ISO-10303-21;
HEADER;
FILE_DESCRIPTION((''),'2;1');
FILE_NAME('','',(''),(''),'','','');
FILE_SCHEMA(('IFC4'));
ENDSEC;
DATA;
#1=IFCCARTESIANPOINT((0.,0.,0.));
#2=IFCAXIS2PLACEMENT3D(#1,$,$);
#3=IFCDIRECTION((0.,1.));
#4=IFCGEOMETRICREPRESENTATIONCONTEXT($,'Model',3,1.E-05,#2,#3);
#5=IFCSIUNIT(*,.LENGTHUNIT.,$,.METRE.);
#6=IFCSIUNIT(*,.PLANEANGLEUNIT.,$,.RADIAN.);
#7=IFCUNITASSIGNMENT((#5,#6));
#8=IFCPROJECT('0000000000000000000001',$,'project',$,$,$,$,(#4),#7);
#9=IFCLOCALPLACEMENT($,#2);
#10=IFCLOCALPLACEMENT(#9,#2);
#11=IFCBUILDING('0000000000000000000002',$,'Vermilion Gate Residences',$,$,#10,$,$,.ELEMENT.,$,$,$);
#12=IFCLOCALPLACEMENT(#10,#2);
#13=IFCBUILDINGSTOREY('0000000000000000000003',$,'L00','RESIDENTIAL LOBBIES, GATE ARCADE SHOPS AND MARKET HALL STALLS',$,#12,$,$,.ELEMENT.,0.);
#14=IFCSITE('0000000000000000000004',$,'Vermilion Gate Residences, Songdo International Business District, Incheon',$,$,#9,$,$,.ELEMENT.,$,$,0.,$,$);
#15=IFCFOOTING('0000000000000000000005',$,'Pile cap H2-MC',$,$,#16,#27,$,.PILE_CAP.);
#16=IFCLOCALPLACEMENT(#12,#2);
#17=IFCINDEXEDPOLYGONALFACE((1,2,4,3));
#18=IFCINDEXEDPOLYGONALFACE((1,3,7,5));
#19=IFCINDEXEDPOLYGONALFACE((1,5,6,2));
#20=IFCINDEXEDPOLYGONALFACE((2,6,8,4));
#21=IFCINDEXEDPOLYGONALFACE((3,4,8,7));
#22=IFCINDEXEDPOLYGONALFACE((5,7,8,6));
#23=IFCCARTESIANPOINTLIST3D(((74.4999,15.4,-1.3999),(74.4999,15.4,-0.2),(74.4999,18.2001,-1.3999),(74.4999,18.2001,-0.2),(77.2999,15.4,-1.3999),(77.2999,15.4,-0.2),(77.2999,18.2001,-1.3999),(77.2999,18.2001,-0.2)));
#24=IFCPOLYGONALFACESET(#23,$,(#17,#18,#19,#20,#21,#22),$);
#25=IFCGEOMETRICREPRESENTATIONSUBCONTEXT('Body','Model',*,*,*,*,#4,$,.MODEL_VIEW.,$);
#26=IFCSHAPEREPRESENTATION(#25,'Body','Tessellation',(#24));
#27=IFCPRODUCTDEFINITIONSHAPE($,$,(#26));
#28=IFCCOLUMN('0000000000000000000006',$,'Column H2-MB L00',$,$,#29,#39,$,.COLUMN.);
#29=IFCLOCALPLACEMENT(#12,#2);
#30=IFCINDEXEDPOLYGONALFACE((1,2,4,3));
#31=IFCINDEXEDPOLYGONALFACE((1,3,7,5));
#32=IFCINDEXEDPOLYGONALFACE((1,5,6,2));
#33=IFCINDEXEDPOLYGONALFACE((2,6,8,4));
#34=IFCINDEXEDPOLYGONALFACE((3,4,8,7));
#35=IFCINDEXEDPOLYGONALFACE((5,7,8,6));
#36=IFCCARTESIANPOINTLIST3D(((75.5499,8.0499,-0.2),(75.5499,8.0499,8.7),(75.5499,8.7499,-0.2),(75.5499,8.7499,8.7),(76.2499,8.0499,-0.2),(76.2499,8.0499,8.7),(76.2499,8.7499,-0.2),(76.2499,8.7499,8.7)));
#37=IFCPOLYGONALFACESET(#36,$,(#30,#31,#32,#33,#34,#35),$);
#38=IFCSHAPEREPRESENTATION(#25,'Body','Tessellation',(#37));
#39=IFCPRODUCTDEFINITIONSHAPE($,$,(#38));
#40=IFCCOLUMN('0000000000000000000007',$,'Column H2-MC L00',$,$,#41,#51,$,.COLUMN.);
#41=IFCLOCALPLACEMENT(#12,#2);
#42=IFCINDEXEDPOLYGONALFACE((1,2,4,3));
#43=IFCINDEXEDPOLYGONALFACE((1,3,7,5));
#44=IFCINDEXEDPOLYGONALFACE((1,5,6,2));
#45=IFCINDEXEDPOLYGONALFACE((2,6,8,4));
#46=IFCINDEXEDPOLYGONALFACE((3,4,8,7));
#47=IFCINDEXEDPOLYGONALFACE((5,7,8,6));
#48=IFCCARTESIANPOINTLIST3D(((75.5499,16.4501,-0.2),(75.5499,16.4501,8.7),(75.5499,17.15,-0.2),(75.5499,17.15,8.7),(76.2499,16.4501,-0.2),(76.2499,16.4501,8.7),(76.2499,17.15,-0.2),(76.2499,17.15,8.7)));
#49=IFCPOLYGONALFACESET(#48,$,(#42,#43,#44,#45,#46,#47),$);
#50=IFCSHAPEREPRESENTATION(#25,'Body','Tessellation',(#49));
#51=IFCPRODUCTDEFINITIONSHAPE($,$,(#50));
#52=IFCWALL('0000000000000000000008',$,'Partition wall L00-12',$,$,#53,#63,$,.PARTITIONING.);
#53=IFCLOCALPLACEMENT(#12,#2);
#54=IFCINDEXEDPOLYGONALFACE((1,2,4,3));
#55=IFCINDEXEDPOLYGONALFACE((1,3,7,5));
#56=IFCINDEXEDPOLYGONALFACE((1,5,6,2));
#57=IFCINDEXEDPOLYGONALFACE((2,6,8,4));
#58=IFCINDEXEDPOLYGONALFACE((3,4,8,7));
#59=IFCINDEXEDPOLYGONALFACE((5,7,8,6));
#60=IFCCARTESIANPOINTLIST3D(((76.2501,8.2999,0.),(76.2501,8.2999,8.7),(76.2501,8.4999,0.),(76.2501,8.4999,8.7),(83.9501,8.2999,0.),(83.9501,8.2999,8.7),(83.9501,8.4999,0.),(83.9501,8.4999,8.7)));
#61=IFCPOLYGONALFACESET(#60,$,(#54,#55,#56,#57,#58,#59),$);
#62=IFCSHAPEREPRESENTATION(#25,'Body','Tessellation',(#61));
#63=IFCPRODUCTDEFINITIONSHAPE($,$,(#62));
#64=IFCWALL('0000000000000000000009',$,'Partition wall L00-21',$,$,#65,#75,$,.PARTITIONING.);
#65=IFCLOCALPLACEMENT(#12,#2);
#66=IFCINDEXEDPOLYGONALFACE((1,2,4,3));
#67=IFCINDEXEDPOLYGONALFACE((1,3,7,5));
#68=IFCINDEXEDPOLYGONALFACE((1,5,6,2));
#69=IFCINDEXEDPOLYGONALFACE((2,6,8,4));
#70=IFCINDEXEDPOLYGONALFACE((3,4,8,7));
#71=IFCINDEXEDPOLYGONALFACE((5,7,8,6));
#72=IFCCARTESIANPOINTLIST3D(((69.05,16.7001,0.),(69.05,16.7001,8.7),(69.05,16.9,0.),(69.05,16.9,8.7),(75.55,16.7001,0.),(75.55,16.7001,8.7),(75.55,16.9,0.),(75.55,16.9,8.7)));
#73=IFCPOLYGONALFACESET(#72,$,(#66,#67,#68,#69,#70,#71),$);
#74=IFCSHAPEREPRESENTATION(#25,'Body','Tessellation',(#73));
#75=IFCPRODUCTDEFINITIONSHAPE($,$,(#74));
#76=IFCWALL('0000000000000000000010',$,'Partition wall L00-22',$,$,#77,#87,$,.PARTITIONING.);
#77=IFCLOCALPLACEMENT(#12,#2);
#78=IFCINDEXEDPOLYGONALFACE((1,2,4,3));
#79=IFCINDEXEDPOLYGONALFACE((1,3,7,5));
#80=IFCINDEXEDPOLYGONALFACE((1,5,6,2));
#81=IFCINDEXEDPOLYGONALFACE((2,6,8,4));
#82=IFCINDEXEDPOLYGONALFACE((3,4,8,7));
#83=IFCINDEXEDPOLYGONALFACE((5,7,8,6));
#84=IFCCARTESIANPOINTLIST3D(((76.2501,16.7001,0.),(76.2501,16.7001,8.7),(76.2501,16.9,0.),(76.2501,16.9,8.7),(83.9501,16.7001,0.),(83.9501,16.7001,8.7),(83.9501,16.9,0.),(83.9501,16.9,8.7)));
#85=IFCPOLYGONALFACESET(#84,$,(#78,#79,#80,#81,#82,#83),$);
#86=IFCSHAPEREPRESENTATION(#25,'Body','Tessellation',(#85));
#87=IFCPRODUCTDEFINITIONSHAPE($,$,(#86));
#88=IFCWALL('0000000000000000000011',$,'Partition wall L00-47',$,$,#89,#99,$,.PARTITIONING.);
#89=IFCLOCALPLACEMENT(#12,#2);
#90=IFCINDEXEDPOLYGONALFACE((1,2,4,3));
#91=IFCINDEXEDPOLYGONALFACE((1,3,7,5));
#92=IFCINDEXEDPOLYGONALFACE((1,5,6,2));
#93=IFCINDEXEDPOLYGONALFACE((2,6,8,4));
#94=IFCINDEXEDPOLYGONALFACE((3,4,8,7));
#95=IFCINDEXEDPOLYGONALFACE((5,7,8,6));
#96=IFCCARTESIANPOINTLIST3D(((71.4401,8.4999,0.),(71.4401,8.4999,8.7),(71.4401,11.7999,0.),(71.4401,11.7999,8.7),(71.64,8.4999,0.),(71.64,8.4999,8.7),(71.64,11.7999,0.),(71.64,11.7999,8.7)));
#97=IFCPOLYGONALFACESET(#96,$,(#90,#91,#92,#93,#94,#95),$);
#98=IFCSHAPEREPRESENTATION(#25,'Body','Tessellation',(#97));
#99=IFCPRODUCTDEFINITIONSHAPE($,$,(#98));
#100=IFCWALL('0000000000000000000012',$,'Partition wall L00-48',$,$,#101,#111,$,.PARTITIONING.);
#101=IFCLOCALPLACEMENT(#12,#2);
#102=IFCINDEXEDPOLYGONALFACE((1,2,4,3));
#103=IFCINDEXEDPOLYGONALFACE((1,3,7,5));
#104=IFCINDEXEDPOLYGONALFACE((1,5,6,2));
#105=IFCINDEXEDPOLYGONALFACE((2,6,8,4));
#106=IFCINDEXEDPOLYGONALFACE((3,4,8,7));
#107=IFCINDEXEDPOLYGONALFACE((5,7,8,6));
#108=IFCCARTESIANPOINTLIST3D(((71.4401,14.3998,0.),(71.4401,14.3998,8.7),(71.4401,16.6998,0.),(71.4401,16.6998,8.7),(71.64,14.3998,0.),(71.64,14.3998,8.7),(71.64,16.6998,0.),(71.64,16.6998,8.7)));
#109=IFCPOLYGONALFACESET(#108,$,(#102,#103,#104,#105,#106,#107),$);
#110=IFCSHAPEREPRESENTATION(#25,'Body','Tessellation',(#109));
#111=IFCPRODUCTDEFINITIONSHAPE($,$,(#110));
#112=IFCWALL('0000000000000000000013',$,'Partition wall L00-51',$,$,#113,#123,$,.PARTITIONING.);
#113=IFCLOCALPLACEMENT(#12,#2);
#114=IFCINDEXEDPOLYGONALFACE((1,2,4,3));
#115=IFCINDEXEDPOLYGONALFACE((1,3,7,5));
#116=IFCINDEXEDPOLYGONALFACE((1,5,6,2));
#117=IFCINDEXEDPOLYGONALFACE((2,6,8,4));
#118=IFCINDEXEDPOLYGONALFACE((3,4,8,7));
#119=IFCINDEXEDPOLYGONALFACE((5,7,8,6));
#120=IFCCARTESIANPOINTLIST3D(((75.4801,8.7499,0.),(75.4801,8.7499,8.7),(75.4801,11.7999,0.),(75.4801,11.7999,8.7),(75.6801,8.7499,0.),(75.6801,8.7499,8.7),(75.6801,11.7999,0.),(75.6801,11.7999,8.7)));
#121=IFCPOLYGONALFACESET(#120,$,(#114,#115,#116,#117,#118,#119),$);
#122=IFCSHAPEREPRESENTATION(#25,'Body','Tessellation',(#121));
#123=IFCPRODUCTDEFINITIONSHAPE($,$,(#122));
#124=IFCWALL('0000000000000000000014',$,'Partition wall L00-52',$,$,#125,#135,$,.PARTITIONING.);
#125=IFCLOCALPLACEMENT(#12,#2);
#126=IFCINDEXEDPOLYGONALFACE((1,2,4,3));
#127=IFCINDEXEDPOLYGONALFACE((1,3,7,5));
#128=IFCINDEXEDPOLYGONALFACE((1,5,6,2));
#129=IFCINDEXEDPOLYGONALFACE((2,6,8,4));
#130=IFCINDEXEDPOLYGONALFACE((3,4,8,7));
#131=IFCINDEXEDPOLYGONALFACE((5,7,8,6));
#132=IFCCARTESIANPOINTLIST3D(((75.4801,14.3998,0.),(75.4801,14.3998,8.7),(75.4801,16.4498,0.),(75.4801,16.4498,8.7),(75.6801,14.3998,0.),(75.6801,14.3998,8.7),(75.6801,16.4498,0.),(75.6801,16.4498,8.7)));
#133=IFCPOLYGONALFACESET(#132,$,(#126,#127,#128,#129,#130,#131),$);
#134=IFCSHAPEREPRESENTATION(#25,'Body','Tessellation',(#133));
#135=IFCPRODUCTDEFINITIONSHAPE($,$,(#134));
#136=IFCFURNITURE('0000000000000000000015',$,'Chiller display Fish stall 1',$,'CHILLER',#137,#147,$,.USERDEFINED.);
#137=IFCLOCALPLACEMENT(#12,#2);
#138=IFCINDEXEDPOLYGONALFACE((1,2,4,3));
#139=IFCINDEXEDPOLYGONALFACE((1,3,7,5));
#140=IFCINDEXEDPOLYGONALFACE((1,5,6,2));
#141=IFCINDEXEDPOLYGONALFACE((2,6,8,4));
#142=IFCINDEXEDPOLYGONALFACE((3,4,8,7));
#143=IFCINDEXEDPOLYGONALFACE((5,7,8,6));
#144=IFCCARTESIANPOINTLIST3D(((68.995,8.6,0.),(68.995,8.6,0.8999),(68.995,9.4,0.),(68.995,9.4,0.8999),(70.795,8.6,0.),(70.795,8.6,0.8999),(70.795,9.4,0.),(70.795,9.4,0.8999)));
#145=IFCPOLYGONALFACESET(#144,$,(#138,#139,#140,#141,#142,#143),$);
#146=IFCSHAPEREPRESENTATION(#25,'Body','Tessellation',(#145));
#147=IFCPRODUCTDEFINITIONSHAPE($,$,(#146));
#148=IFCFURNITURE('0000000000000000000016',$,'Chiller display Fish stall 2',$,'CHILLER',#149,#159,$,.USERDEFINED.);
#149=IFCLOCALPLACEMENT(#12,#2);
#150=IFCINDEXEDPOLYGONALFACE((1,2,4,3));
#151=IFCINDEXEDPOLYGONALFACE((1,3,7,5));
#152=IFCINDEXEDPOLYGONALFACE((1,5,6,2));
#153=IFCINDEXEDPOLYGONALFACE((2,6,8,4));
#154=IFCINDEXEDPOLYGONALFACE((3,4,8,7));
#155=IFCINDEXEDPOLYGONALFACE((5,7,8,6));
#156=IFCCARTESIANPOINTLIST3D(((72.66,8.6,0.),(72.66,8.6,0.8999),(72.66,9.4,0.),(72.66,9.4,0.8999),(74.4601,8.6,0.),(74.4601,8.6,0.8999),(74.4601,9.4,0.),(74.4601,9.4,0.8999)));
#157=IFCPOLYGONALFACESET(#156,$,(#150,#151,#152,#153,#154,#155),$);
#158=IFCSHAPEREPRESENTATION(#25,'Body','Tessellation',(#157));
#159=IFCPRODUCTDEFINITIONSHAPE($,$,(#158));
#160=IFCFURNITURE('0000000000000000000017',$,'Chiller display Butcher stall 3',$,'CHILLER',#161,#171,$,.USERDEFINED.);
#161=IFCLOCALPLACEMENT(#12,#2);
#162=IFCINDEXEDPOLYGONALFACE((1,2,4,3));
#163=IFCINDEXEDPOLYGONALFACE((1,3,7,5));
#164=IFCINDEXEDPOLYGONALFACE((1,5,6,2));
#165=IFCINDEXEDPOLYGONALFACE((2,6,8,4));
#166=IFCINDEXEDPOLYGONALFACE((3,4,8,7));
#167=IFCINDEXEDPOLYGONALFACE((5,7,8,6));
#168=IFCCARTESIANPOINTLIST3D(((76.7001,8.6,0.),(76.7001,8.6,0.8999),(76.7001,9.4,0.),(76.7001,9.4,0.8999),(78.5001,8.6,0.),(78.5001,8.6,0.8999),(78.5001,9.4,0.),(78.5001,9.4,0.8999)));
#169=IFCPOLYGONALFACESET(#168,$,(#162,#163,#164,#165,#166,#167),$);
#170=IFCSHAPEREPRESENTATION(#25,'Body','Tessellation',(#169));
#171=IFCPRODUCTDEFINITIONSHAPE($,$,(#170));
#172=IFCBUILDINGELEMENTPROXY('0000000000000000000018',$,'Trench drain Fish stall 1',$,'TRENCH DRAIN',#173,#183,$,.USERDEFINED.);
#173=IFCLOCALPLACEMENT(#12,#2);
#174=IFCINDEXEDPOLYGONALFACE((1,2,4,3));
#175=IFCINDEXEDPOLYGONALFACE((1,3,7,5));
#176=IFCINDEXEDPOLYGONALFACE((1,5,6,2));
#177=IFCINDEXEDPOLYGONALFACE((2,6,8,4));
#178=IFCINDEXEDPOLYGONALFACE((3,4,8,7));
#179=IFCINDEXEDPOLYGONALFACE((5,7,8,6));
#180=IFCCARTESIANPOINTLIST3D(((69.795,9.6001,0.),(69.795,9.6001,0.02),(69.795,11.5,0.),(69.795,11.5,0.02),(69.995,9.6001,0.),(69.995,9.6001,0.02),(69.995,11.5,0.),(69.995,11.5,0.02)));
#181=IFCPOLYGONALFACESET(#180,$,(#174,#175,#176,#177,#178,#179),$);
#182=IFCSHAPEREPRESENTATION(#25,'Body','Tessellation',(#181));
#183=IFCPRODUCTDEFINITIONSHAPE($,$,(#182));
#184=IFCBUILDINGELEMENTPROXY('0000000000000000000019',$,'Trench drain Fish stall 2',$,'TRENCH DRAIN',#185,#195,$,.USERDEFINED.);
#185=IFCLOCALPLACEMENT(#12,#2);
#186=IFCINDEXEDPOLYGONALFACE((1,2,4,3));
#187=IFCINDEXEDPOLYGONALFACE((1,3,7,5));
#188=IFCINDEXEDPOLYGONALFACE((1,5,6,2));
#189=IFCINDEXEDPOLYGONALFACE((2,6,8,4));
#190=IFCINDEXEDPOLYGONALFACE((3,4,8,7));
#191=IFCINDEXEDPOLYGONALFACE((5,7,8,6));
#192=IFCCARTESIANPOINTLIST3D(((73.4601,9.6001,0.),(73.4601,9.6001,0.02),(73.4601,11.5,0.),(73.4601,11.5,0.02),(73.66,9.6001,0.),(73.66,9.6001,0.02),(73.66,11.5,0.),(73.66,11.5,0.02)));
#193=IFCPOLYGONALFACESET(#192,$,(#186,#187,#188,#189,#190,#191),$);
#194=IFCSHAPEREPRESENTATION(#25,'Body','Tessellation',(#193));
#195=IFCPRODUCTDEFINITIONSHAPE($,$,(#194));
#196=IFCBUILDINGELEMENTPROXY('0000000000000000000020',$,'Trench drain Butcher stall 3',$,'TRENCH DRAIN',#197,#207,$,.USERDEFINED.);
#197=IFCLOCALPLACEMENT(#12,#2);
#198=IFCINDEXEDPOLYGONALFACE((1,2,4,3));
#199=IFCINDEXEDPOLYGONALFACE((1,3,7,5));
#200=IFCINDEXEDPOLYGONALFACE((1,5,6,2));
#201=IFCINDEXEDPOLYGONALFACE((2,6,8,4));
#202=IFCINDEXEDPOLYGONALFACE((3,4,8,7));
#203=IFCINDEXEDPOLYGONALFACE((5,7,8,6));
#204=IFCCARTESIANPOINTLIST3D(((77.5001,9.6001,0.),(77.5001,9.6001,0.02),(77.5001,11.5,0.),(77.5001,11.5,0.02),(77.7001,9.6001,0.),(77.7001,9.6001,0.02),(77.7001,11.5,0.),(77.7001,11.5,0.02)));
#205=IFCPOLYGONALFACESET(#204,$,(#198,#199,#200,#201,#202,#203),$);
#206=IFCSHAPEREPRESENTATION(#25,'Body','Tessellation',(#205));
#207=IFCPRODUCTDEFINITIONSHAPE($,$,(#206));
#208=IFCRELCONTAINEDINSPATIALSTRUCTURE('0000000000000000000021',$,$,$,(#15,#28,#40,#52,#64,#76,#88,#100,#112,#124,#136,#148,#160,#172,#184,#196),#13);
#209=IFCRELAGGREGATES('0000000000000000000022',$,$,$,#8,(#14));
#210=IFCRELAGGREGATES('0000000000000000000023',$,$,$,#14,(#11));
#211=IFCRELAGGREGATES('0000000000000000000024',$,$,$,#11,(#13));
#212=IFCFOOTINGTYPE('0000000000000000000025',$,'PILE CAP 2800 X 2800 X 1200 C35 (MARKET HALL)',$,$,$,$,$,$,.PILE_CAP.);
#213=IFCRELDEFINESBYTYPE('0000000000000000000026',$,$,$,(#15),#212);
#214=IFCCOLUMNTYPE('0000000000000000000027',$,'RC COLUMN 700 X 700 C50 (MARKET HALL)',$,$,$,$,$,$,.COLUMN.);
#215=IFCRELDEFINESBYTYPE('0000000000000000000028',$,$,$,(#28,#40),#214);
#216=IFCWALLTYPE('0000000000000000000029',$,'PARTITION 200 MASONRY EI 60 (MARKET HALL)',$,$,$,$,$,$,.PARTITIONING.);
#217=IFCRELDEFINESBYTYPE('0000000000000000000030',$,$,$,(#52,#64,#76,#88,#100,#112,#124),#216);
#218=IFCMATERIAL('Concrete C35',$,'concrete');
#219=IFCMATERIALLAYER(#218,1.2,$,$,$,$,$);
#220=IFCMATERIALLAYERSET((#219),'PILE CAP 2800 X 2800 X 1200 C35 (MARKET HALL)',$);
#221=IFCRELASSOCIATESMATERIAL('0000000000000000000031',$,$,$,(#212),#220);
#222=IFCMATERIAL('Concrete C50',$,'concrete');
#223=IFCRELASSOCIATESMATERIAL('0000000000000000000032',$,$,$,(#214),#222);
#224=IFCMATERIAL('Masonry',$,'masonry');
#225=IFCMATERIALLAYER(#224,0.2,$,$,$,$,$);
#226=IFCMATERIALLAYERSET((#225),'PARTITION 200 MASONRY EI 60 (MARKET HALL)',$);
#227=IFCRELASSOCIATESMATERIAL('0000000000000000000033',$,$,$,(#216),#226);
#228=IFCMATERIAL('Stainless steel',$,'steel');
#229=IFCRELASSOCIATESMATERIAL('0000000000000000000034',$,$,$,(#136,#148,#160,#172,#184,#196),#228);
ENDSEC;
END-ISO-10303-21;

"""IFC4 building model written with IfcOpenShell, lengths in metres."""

from ifc_helpers import new_model, si_unit, direction, frame, frame_2d, origin, origin_2d, place, context, subcontext, project, spatial, rectangle, extrude, material, layer, layer_set, material_profile, profile_set, type_object, element, save


model = new_model("IFC4")

# Units and contexts
model_context = context("Model", 3, precision=1e-05, world=origin(), true_north=direction((0.0, 1.0)))
body_context = subcontext(model_context, "Body", "Model", "MODEL_VIEW")
ifc_project = project(units=[si_unit("LENGTHUNIT", "METRE"), si_unit("PLANEANGLEUNIT", "RADIAN")], contexts=[model_context])

# Site, building, storey
site_placement = place(None, origin())
site = spatial("IfcSite", under=ifc_project, at=site_placement, Name="Vermilion Gate Residences, Songdo International Business District, Incheon", CompositionType="ELEMENT", RefElevation=0.0)
building_placement = place(site_placement, origin())
building = spatial("IfcBuilding", under=site, at=building_placement, Name="Vermilion Gate Residences", CompositionType="ELEMENT")
storey_placement = place(building_placement, origin())
storey = spatial("IfcBuildingStorey", under=building, at=storey_placement, Name="L00", Description="RESIDENTIAL LOBBIES, GATE ARCADE SHOPS AND MARKET HALL STALLS", CompositionType="ELEMENT", Elevation=0.0)

# Footing
ifc_material_1 = material(Name="Concrete C35", Category="concrete")
ifc_layer_1 = layer(ifc_material_1, 1.2)
ifc_layer_set_1 = layer_set([ifc_layer_1], Name="PILE CAP 2800 X 2800 X 1200 C35 (MARKET HALL)")
footing_type = type_object("IfcFootingType", Name="PILE CAP 2800 X 2800 X 1200 C35 (MARKET HALL)", PredefinedType="PILE_CAP", material=ifc_layer_set_1)
for number, where, z_axis, x_axis, name in (
    (1, (75.8999, 16.8, -1.3999), (0.0, 0.0, 1.0), (1.0, 0.0, 0.0), "Pile cap H2-MC"),
):
    element("IfcFooting", number, at=place(storey_placement, frame(where, z_axis=z_axis, x_axis=x_axis)), inside=storey, type_object=footing_type, Name=name, PredefinedType="PILE_CAP", context=body_context, shape_type="SweptSolid", body=[
        extrude(rectangle(XDim=2.8, YDim=2.8, at=origin_2d()), origin(), (0.0, 0.0, 1.0), 1.2),
    ])

# Columns
ifc_material_2 = material(Name="Concrete C50", Category="concrete")
ifc_material_profile_1 = material_profile(ifc_material_2, rectangle(XDim=0.7, YDim=0.7, at=origin_2d()), Name="RC COLUMN 700 X 700 C50 (MARKET HALL)")
ifc_profile_set_1 = profile_set([ifc_material_profile_1], Name="Concrete C50")
column_type = type_object("IfcColumnType", Name="RC COLUMN 700 X 700 C50 (MARKET HALL)", PredefinedType="COLUMN", material=ifc_profile_set_1)
for number, where, z_axis, x_axis, name in (
    (2, (75.8999, 8.3999, -0.2), (0.0, 0.0, 1.0), (1.0, 0.0, 0.0), "Column H2-MB L00"),
    (3, (75.8999, 16.8, -0.2), (0.0, 0.0, 1.0), (1.0, 0.0, 0.0), "Column H2-MC L00"),
):
    element("IfcColumn", number, at=place(storey_placement, frame(where, z_axis=z_axis, x_axis=x_axis)), inside=storey, type_object=column_type, Name=name, PredefinedType="COLUMN", context=body_context, shape_type="SweptSolid", body=[
        extrude(rectangle(XDim=0.7, YDim=0.7, at=origin_2d()), origin(), (0.0, 0.0, 1.0), 8.8999),
    ])

# Walls
ifc_material_3 = material(Name="Masonry", Category="masonry")
ifc_layer_2 = layer(ifc_material_3, 0.2)
ifc_layer_set_2 = layer_set([ifc_layer_2], Name="PARTITION 200 MASONRY EI 60 (MARKET HALL)")
wall_type = type_object("IfcWallType", Name="PARTITION 200 MASONRY EI 60 (MARKET HALL)", PredefinedType="PARTITIONING", material=ifc_layer_set_2)
wall_1_placement = place(storey_placement, frame((76.25, 8.3999, 0.0), z_axis=(0.0, 0.0, 1.0), x_axis=(1.0, 0.0, 0.0)))
element("IfcWall", 4, at=wall_1_placement, inside=storey, type_object=wall_type, Name="Partition wall L00-12", PredefinedType="PARTITIONING", context=body_context, shape_type="SweptSolid", body=[
    extrude(rectangle(XDim=7.7, YDim=0.2, at=frame_2d((3.8501, 0.0))), origin(), (0.0, 0.0, 1.0), 8.7),
])
wall_2_placement = place(storey_placement, frame((69.05, 16.8, 0.0), z_axis=(0.0, 0.0, 1.0), x_axis=(1.0, 0.0, 0.0)))
element("IfcWall", 5, at=wall_2_placement, inside=storey, type_object=wall_type, Name="Partition wall L00-21", PredefinedType="PARTITIONING", context=body_context, shape_type="SweptSolid", body=[
    extrude(rectangle(XDim=6.5, YDim=0.2, at=frame_2d((3.25, 0.0))), origin(), (0.0, 0.0, 1.0), 8.7),
])
wall_3_placement = place(storey_placement, frame((76.25, 16.8, 0.0), z_axis=(0.0, 0.0, 1.0), x_axis=(1.0, 0.0, 0.0)))
element("IfcWall", 6, at=wall_3_placement, inside=storey, type_object=wall_type, Name="Partition wall L00-22", PredefinedType="PARTITIONING", context=body_context, shape_type="SweptSolid", body=[
    extrude(rectangle(XDim=7.7, YDim=0.2, at=frame_2d((3.8501, 0.0))), origin(), (0.0, 0.0, 1.0), 8.7),
])
wall_4_placement = place(storey_placement, frame((71.54, 8.5, 0.0), z_axis=(0.0, 0.0, 1.0), x_axis=(0.0, 1.0, 0.0)))
element("IfcWall", 7, at=wall_4_placement, inside=storey, type_object=wall_type, Name="Partition wall L00-47", PredefinedType="PARTITIONING", context=body_context, shape_type="SweptSolid", body=[
    extrude(rectangle(XDim=3.3, YDim=0.2, at=frame_2d((1.6499, 0.0))), origin(), (0.0, 0.0, 1.0), 8.7),
])
wall_5_placement = place(storey_placement, frame((71.54, 14.3999, 0.0), z_axis=(0.0, 0.0, 1.0), x_axis=(0.0, 1.0, 0.0)))
element("IfcWall", 8, at=wall_5_placement, inside=storey, type_object=wall_type, Name="Partition wall L00-48", PredefinedType="PARTITIONING", context=body_context, shape_type="SweptSolid", body=[
    extrude(rectangle(XDim=2.3, YDim=0.2, at=frame_2d((1.1499, 0.0))), origin(), (0.0, 0.0, 1.0), 8.7),
])
wall_6_placement = place(storey_placement, frame((75.5801, 8.75, 0.0), z_axis=(0.0, 0.0, 1.0), x_axis=(0.0, 1.0, 0.0)))
element("IfcWall", 9, at=wall_6_placement, inside=storey, type_object=wall_type, Name="Partition wall L00-51", PredefinedType="PARTITIONING", context=body_context, shape_type="SweptSolid", body=[
    extrude(rectangle(XDim=3.05, YDim=0.2, at=frame_2d((1.5249, 0.0))), origin(), (0.0, 0.0, 1.0), 8.7),
])
wall_7_placement = place(storey_placement, frame((75.5801, 14.3999, 0.0), z_axis=(0.0, 0.0, 1.0), x_axis=(0.0, 1.0, 0.0)))
element("IfcWall", 10, at=wall_7_placement, inside=storey, type_object=wall_type, Name="Partition wall L00-52", PredefinedType="PARTITIONING", context=body_context, shape_type="SweptSolid", body=[
    extrude(rectangle(XDim=2.05, YDim=0.2, at=frame_2d((1.0249, 0.0))), origin(), (0.0, 0.0, 1.0), 8.7),
])

# Furniture
ifc_material_4 = material(Name="Stainless steel", Category="steel")
for number, where, z_axis, x_axis, name in (
    (11, (69.895, 9.0, 0.0), (0.0, 0.0, 1.0), (1.0, 0.0, 0.0), "Chiller display Fish stall 1"),
    (12, (73.5601, 9.0, 0.0), (0.0, 0.0, 1.0), (1.0, 0.0, 0.0), "Chiller display Fish stall 2"),
    (13, (77.6001, 9.0, 0.0), (0.0, 0.0, 1.0), (1.0, 0.0, 0.0), "Chiller display Butcher stall 3"),
):
    element("IfcFurniture", number, at=place(storey_placement, frame(where, z_axis=z_axis, x_axis=x_axis)), inside=storey, material=ifc_material_4, Name=name, ObjectType="CHILLER", PredefinedType="USERDEFINED", context=body_context, shape_type="SweptSolid", body=[
        extrude(rectangle(XDim=1.8, YDim=0.8, at=origin_2d()), origin(), (0.0, 0.0, 1.0), 0.8999),
    ])

# Building element proxies
for number, where, z_axis, x_axis, name in (
    (14, (69.895, 10.55, 0.0), (0.0, 0.0, 1.0), (1.0, 0.0, 0.0), "Trench drain Fish stall 1"),
    (15, (73.5601, 10.55, 0.0), (0.0, 0.0, 1.0), (1.0, 0.0, 0.0), "Trench drain Fish stall 2"),
    (16, (77.6001, 10.55, 0.0), (0.0, 0.0, 1.0), (1.0, 0.0, 0.0), "Trench drain Butcher stall 3"),
):
    element("IfcBuildingElementProxy", number, at=place(storey_placement, frame(where, z_axis=z_axis, x_axis=x_axis)), inside=storey, material=ifc_material_4, Name=name, ObjectType="TRENCH DRAIN", PredefinedType="USERDEFINED", context=body_context, shape_type="SweptSolid", body=[
        extrude(rectangle(XDim=0.2, YDim=1.8999, at=origin_2d()), origin(), (0.0, 0.0, 1.0), 0.02),
    ])

save(model, "model.ifc")
